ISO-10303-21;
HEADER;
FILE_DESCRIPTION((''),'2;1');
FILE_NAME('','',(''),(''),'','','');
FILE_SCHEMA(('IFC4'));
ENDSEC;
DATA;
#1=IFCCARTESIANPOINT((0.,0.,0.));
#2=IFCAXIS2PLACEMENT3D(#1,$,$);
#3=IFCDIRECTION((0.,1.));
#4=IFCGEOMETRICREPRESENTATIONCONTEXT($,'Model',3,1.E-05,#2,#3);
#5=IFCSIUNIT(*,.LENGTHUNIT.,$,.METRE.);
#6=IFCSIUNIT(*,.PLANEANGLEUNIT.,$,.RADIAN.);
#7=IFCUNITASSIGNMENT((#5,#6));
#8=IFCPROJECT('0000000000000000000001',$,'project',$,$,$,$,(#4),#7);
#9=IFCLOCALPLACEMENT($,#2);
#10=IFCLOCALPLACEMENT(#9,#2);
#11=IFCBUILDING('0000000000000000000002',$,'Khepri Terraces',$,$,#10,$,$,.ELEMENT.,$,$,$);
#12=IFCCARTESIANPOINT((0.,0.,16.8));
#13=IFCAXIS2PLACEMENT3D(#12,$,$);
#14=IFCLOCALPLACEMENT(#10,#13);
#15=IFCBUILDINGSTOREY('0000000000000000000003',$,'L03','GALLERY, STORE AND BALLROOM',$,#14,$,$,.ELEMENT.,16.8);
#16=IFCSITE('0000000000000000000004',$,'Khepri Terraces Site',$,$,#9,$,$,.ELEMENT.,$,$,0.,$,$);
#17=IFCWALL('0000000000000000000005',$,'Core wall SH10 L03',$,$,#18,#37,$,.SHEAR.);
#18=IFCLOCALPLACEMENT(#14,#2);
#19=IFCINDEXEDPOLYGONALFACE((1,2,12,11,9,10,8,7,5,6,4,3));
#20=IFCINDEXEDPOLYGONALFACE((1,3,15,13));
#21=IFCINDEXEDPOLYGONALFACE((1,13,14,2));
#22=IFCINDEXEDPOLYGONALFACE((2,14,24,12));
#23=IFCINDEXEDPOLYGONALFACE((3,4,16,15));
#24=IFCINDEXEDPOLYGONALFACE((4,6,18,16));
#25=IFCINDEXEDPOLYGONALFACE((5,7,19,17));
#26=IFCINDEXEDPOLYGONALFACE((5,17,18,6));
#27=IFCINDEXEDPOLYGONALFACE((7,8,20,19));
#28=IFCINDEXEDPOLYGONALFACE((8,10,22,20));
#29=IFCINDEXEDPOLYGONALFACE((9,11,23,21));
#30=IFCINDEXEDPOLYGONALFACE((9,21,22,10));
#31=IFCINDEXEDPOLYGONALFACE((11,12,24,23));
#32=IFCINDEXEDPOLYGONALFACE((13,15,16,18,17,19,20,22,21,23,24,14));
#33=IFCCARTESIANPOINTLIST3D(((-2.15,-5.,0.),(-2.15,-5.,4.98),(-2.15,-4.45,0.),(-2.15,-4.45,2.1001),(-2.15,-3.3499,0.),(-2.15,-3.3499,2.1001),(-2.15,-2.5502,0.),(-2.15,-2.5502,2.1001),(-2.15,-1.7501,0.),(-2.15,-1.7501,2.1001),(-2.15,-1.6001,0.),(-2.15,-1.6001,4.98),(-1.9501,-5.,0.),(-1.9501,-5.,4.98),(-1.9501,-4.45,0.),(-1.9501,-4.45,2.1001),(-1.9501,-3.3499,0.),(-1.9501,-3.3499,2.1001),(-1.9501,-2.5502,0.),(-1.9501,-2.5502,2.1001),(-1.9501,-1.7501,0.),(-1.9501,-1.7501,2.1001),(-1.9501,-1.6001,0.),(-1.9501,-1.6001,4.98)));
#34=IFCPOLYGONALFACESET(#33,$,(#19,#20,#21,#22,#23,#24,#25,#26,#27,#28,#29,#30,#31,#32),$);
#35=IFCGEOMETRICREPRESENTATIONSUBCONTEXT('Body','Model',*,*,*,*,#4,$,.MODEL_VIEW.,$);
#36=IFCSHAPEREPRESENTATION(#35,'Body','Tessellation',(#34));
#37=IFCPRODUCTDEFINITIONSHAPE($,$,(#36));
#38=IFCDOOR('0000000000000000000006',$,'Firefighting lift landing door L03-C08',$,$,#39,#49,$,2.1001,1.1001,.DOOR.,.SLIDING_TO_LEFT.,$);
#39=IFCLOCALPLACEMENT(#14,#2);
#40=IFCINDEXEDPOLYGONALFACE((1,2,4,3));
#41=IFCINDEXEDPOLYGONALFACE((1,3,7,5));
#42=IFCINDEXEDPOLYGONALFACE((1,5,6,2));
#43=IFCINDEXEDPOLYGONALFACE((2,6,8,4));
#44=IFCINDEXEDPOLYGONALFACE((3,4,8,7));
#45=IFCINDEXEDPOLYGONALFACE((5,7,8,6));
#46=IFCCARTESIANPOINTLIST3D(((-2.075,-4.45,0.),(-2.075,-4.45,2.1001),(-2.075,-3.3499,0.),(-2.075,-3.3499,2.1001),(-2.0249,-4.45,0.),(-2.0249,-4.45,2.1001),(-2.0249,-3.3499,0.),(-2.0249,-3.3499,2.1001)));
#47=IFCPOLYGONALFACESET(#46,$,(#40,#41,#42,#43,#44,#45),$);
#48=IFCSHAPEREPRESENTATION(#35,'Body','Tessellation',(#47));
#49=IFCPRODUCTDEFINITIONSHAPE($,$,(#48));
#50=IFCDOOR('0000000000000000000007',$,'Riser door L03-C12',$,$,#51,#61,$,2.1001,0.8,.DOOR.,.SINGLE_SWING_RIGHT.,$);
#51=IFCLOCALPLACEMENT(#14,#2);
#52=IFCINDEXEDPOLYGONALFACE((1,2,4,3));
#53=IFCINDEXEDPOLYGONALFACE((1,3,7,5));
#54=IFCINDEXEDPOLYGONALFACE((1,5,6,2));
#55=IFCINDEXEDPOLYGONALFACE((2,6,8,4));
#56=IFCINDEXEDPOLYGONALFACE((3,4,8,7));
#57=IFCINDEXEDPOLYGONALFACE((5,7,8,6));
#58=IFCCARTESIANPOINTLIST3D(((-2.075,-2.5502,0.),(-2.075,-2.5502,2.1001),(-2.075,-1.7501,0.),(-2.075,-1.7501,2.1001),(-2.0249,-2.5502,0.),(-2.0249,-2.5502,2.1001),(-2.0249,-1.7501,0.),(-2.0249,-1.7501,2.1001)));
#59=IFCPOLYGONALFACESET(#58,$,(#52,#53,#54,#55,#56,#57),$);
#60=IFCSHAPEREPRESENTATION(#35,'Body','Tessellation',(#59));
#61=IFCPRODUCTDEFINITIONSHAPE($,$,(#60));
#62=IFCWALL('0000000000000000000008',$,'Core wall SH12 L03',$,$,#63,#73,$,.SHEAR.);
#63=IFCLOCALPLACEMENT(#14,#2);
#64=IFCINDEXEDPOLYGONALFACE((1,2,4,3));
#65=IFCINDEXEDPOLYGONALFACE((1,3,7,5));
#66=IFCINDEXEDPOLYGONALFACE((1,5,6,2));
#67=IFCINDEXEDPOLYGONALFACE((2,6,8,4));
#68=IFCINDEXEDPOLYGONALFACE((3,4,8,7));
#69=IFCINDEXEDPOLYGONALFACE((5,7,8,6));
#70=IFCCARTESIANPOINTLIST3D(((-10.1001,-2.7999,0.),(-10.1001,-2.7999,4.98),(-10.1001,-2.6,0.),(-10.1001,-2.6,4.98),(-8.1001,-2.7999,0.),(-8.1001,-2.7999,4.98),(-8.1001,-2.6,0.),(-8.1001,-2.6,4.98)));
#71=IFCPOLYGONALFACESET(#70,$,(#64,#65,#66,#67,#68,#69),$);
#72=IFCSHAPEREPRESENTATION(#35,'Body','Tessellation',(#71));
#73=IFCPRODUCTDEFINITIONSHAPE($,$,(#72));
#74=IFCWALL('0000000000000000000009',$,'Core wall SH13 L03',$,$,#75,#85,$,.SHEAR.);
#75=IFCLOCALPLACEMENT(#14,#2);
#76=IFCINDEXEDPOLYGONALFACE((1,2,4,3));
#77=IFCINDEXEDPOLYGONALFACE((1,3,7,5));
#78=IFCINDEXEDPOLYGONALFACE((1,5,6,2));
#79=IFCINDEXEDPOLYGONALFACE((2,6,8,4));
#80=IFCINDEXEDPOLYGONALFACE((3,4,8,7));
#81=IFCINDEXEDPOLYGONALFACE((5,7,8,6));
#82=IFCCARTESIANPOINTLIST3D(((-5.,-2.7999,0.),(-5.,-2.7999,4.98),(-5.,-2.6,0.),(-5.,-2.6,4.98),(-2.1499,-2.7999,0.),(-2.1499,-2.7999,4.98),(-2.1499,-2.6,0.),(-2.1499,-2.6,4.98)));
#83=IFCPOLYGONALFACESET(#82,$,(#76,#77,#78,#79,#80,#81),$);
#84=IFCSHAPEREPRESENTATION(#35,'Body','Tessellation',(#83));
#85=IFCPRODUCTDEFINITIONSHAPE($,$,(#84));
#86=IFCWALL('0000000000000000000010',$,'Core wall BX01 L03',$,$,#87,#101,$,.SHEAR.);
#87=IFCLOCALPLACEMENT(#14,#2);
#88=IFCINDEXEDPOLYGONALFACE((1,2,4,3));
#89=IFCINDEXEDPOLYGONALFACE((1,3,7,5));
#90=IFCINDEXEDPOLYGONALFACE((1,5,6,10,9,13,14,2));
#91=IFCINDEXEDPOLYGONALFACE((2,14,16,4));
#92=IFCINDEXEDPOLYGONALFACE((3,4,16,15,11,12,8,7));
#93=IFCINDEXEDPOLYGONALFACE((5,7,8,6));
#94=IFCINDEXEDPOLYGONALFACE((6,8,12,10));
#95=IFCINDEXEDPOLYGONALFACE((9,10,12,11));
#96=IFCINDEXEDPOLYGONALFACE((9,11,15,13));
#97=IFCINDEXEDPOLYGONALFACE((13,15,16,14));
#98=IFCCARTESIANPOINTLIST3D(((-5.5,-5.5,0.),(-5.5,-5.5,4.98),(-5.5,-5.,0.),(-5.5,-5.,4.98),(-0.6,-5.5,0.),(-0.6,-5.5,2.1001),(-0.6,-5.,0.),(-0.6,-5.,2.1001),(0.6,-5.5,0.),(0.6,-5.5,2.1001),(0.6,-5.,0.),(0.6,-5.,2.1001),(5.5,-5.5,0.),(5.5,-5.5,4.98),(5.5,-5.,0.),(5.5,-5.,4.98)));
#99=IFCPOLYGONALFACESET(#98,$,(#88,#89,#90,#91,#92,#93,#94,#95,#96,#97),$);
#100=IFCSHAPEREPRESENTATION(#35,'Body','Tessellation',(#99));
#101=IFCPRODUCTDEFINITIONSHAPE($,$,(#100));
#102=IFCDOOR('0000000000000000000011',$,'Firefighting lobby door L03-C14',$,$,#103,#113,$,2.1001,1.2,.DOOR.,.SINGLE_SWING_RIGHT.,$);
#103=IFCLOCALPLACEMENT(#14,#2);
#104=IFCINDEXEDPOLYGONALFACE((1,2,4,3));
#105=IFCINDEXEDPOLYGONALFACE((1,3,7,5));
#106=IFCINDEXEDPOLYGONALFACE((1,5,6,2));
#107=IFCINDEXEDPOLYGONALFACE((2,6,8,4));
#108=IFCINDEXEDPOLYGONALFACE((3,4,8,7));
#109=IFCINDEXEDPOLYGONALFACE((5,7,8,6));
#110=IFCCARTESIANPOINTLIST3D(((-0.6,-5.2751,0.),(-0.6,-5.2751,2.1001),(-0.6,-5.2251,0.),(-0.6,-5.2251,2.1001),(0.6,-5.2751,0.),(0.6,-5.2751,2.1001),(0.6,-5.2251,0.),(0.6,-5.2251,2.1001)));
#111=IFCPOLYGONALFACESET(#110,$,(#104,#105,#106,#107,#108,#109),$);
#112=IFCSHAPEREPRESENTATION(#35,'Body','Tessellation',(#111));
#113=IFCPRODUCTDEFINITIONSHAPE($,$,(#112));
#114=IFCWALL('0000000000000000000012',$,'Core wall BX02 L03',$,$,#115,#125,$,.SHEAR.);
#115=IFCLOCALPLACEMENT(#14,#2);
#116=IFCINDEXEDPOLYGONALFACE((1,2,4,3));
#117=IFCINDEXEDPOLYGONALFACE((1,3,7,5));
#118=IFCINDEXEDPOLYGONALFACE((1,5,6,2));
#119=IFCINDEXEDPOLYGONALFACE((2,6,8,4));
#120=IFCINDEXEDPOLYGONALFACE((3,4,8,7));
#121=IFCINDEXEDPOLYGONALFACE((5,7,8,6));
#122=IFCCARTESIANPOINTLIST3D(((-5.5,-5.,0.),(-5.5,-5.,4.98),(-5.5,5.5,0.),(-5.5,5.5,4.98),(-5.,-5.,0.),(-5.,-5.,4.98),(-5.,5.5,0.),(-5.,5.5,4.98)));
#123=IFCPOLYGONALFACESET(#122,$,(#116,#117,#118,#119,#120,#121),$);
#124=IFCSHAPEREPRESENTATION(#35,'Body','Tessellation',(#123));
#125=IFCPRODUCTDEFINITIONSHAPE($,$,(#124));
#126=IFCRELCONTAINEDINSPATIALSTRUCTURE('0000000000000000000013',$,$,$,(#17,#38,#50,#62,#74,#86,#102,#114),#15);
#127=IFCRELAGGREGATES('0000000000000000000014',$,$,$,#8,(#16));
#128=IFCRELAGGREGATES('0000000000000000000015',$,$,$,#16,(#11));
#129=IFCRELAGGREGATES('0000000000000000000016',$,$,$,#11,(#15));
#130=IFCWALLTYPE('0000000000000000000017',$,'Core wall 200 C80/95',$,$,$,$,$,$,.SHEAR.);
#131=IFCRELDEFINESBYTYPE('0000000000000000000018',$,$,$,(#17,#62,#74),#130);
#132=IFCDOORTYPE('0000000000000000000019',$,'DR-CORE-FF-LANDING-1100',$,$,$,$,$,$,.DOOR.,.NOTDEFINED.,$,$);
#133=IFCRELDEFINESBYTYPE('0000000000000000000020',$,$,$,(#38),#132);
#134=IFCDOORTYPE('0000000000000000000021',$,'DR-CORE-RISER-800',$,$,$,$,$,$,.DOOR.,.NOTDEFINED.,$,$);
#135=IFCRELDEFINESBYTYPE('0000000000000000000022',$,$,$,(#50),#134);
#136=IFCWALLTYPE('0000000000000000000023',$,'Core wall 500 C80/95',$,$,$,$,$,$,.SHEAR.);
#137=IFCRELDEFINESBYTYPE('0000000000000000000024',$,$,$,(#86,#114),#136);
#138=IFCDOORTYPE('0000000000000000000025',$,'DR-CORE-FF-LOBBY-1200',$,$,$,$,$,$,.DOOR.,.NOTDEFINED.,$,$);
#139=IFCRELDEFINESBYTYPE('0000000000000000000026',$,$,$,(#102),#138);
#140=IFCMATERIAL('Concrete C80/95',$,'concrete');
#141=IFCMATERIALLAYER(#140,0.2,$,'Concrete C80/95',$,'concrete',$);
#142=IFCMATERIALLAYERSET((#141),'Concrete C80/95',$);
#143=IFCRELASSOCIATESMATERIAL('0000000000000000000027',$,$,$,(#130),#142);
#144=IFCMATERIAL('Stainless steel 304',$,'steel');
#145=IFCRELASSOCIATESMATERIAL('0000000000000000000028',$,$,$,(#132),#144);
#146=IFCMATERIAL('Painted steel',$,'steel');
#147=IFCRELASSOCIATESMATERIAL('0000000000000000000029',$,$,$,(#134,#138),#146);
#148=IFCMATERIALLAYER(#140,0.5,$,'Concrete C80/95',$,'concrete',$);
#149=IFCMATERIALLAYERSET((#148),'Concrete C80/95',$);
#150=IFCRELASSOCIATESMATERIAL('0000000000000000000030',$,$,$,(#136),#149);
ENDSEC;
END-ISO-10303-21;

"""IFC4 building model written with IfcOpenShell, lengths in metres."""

from ifc_helpers import new_model, si_unit, direction, frame, frame_2d, origin, place, context, subcontext, project, spatial, rectangle, extrude, material, layer, layer_set, type_object, element, fill, save


model = new_model("IFC4")

# Units and contexts
model_context = context("Model", 3, precision=1e-05, world=origin(), true_north=direction((0.0, 1.0)))
body_context = subcontext(model_context, "Body", "Model", "MODEL_VIEW")
ifc_project = project(units=[si_unit("LENGTHUNIT", "METRE"), si_unit("PLANEANGLEUNIT", "RADIAN")], contexts=[model_context])

# Site, building, storey
site_placement = place(None, origin())
site = spatial("IfcSite", under=ifc_project, at=site_placement, Name="Khepri Terraces Site", CompositionType="ELEMENT", RefElevation=0.0)
building_placement = place(site_placement, origin())
building = spatial("IfcBuilding", under=site, at=building_placement, Name="Khepri Terraces", CompositionType="ELEMENT")
storey_placement = place(building_placement, frame((0.0, 0.0, 16.8)))
storey = spatial("IfcBuildingStorey", under=building, at=storey_placement, Name="L03", Description="GALLERY, STORE AND BALLROOM", CompositionType="ELEMENT", Elevation=16.8)

# Shared definitions
ifc_material_1 = material(Name="Concrete C80/95", Category="concrete")
ifc_layer_1 = layer(ifc_material_1, 0.2, Name="Concrete C80/95", Category="concrete")
ifc_layer_set_1 = layer_set([ifc_layer_1], Name="Concrete C80/95")
wall_type_1 = type_object("IfcWallType", Name="Core wall 200 C80/95", PredefinedType="SHEAR", material=ifc_layer_set_1)

# Shared definitions
ifc_material_2 = material(Name="Painted steel", Category="steel")

# Shared definitions
ifc_material_3 = material(Name="Stainless steel 304", Category="steel")

# Wall, openings, doors
wall_1_placement = place(storey_placement, frame((-2.05, -5.0, 0.0), z_axis=(0.0, 0.0, 1.0), x_axis=(0.0, 1.0, 0.0)))
wall_1 = element("IfcWall", 1, at=wall_1_placement, inside=storey, type_object=wall_type_1, Name="Core wall SH10 L03", PredefinedType="SHEAR", context=body_context, shape_type="SweptSolid", body=[
    extrude(rectangle(XDim=3.3999, YDim=0.2, at=frame_2d((1.7, 0.0))), origin(), (0.0, 0.0, 1.0), 4.98),
])
opening_1_placement = place(wall_1_placement, frame((0.55, 0.0, 0.0)))
opening_1 = element("IfcOpeningElement", 2, at=opening_1_placement, cuts=wall_1, PredefinedType="OPENING", context=body_context, shape_type="SweptSolid", body=[
    extrude(rectangle(XDim=1.1001, YDim=2.1001, at=frame_2d((0.55, 1.05))), frame((0.0, 0.1099, 0.0), z_axis=(0.0, -1.0, 0.0), x_axis=(1.0, 0.0, 0.0)), (0.0, 0.0, 1.0), 0.22),
])
opening_2_placement = place(wall_1_placement, frame((2.45, 0.0, 0.0)))
opening_2 = element("IfcOpeningElement", 3, at=opening_2_placement, cuts=wall_1, PredefinedType="OPENING", context=body_context, shape_type="SweptSolid", body=[
    extrude(rectangle(XDim=0.8, YDim=2.1001, at=frame_2d((0.3999, 1.05))), frame((0.0, 0.1099, 0.0), z_axis=(0.0, -1.0, 0.0), x_axis=(1.0, 0.0, 0.0)), (0.0, 0.0, 1.0), 0.22),
])
door_type_1 = type_object("IfcDoorType", Name="DR-CORE-FF-LANDING-1100", OperationType="NOTDEFINED", PredefinedType="DOOR", material=ifc_material_3)
door_1_placement = place(opening_1_placement, origin())
door_1 = element("IfcDoor", 4, at=door_1_placement, inside=storey, type_object=door_type_1, Name="Firefighting lift landing door L03-C08", OperationType="SLIDING_TO_LEFT", OverallHeight=2.1001, OverallWidth=1.1001, PredefinedType="DOOR", context=body_context, shape_type="SweptSolid", body=[
    extrude(rectangle(XDim=1.1001, YDim=2.1001, at=frame_2d((0.55, 1.05))), frame((0.0, 0.0249, 0.0), z_axis=(0.0, -1.0, 0.0), x_axis=(1.0, 0.0, 0.0)), (0.0, 0.0, 1.0), 0.05),
])
fill(opening_1, door_1)
door_type_2 = type_object("IfcDoorType", Name="DR-CORE-RISER-800", OperationType="NOTDEFINED", PredefinedType="DOOR", material=ifc_material_2)
door_2_placement = place(opening_2_placement, origin())
door_2 = element("IfcDoor", 5, at=door_2_placement, inside=storey, type_object=door_type_2, Name="Riser door L03-C12", OperationType="SINGLE_SWING_RIGHT", OverallHeight=2.1001, OverallWidth=0.8, PredefinedType="DOOR", context=body_context, shape_type="SweptSolid", body=[
    extrude(rectangle(XDim=0.8, YDim=2.1001, at=frame_2d((0.3999, 1.05))), frame((0.0, 0.0249, 0.0), z_axis=(0.0, -1.0, 0.0), x_axis=(1.0, 0.0, 0.0)), (0.0, 0.0, 1.0), 0.05),
])
fill(opening_2, door_2)

# Walls
wall_2_placement = place(storey_placement, frame((-10.1001, -2.7, 0.0), z_axis=(0.0, 0.0, 1.0), x_axis=(1.0, 0.0, 0.0)))
element("IfcWall", 6, at=wall_2_placement, inside=storey, type_object=wall_type_1, Name="Core wall SH12 L03", PredefinedType="SHEAR", context=body_context, shape_type="SweptSolid", body=[
    extrude(rectangle(XDim=2.0, YDim=0.2, at=frame_2d((1.0, 0.0))), origin(), (0.0, 0.0, 1.0), 4.98),
])
wall_3_placement = place(storey_placement, frame((-5.0, -2.7, 0.0), z_axis=(0.0, 0.0, 1.0), x_axis=(1.0, 0.0, 0.0)))
element("IfcWall", 7, at=wall_3_placement, inside=storey, type_object=wall_type_1, Name="Core wall SH13 L03", PredefinedType="SHEAR", context=body_context, shape_type="SweptSolid", body=[
    extrude(rectangle(XDim=2.8501, YDim=0.2, at=frame_2d((1.425, 0.0))), origin(), (0.0, 0.0, 1.0), 4.98),
])

# Wall, opening, door
ifc_layer_2 = layer(ifc_material_1, 0.5, Name="Concrete C80/95", Category="concrete")
ifc_layer_set_2 = layer_set([ifc_layer_2], Name="Concrete C80/95")
wall_type_2 = type_object("IfcWallType", Name="Core wall 500 C80/95", PredefinedType="SHEAR", material=ifc_layer_set_2)
wall_4_placement = place(storey_placement, frame((-5.5, -5.25, 0.0), z_axis=(0.0, 0.0, 1.0), x_axis=(1.0, 0.0, 0.0)))
wall_4 = element("IfcWall", 8, at=wall_4_placement, inside=storey, type_object=wall_type_2, Name="Core wall BX01 L03", PredefinedType="SHEAR", context=body_context, shape_type="SweptSolid", body=[
    extrude(rectangle(XDim=11.0, YDim=0.5, at=frame_2d((5.5, 0.0))), origin(), (0.0, 0.0, 1.0), 4.98),
])
opening_3_placement = place(wall_4_placement, frame((4.8999, 0.0, 0.0)))
opening_3 = element("IfcOpeningElement", 9, at=opening_3_placement, cuts=wall_4, PredefinedType="OPENING", context=body_context, shape_type="SweptSolid", body=[
    extrude(rectangle(XDim=1.2, YDim=2.1001, at=frame_2d((0.6001, 1.05))), frame((0.0, 0.26, 0.0), z_axis=(0.0, -1.0, 0.0), x_axis=(1.0, 0.0, 0.0)), (0.0, 0.0, 1.0), 0.52),
])
door_type_3 = type_object("IfcDoorType", Name="DR-CORE-FF-LOBBY-1200", OperationType="NOTDEFINED", PredefinedType="DOOR", material=ifc_material_2)
door_3_placement = place(opening_3_placement, origin())
door_3 = element("IfcDoor", 10, at=door_3_placement, inside=storey, type_object=door_type_3, Name="Firefighting lobby door L03-C14", OperationType="SINGLE_SWING_RIGHT", OverallHeight=2.1001, OverallWidth=1.2, PredefinedType="DOOR", context=body_context, shape_type="SweptSolid", body=[
    extrude(rectangle(XDim=1.2, YDim=2.1001, at=frame_2d((0.6001, 1.05))), frame((0.0, 0.0249, 0.0), z_axis=(0.0, -1.0, 0.0), x_axis=(1.0, 0.0, 0.0)), (0.0, 0.0, 1.0), 0.05),
])
fill(opening_3, door_3)

# Wall
wall_5_placement = place(storey_placement, frame((-5.25, -5.0, 0.0), z_axis=(0.0, 0.0, 1.0), x_axis=(0.0, 1.0, 0.0)))
element("IfcWall", 11, at=wall_5_placement, inside=storey, type_object=wall_type_2, Name="Core wall BX02 L03", PredefinedType="SHEAR", context=body_context, shape_type="SweptSolid", body=[
    extrude(rectangle(XDim=10.5, YDim=0.5, at=frame_2d((5.25, 0.0))), origin(), (0.0, 0.0, 1.0), 4.98),
])

save(model, "model.ifc")
